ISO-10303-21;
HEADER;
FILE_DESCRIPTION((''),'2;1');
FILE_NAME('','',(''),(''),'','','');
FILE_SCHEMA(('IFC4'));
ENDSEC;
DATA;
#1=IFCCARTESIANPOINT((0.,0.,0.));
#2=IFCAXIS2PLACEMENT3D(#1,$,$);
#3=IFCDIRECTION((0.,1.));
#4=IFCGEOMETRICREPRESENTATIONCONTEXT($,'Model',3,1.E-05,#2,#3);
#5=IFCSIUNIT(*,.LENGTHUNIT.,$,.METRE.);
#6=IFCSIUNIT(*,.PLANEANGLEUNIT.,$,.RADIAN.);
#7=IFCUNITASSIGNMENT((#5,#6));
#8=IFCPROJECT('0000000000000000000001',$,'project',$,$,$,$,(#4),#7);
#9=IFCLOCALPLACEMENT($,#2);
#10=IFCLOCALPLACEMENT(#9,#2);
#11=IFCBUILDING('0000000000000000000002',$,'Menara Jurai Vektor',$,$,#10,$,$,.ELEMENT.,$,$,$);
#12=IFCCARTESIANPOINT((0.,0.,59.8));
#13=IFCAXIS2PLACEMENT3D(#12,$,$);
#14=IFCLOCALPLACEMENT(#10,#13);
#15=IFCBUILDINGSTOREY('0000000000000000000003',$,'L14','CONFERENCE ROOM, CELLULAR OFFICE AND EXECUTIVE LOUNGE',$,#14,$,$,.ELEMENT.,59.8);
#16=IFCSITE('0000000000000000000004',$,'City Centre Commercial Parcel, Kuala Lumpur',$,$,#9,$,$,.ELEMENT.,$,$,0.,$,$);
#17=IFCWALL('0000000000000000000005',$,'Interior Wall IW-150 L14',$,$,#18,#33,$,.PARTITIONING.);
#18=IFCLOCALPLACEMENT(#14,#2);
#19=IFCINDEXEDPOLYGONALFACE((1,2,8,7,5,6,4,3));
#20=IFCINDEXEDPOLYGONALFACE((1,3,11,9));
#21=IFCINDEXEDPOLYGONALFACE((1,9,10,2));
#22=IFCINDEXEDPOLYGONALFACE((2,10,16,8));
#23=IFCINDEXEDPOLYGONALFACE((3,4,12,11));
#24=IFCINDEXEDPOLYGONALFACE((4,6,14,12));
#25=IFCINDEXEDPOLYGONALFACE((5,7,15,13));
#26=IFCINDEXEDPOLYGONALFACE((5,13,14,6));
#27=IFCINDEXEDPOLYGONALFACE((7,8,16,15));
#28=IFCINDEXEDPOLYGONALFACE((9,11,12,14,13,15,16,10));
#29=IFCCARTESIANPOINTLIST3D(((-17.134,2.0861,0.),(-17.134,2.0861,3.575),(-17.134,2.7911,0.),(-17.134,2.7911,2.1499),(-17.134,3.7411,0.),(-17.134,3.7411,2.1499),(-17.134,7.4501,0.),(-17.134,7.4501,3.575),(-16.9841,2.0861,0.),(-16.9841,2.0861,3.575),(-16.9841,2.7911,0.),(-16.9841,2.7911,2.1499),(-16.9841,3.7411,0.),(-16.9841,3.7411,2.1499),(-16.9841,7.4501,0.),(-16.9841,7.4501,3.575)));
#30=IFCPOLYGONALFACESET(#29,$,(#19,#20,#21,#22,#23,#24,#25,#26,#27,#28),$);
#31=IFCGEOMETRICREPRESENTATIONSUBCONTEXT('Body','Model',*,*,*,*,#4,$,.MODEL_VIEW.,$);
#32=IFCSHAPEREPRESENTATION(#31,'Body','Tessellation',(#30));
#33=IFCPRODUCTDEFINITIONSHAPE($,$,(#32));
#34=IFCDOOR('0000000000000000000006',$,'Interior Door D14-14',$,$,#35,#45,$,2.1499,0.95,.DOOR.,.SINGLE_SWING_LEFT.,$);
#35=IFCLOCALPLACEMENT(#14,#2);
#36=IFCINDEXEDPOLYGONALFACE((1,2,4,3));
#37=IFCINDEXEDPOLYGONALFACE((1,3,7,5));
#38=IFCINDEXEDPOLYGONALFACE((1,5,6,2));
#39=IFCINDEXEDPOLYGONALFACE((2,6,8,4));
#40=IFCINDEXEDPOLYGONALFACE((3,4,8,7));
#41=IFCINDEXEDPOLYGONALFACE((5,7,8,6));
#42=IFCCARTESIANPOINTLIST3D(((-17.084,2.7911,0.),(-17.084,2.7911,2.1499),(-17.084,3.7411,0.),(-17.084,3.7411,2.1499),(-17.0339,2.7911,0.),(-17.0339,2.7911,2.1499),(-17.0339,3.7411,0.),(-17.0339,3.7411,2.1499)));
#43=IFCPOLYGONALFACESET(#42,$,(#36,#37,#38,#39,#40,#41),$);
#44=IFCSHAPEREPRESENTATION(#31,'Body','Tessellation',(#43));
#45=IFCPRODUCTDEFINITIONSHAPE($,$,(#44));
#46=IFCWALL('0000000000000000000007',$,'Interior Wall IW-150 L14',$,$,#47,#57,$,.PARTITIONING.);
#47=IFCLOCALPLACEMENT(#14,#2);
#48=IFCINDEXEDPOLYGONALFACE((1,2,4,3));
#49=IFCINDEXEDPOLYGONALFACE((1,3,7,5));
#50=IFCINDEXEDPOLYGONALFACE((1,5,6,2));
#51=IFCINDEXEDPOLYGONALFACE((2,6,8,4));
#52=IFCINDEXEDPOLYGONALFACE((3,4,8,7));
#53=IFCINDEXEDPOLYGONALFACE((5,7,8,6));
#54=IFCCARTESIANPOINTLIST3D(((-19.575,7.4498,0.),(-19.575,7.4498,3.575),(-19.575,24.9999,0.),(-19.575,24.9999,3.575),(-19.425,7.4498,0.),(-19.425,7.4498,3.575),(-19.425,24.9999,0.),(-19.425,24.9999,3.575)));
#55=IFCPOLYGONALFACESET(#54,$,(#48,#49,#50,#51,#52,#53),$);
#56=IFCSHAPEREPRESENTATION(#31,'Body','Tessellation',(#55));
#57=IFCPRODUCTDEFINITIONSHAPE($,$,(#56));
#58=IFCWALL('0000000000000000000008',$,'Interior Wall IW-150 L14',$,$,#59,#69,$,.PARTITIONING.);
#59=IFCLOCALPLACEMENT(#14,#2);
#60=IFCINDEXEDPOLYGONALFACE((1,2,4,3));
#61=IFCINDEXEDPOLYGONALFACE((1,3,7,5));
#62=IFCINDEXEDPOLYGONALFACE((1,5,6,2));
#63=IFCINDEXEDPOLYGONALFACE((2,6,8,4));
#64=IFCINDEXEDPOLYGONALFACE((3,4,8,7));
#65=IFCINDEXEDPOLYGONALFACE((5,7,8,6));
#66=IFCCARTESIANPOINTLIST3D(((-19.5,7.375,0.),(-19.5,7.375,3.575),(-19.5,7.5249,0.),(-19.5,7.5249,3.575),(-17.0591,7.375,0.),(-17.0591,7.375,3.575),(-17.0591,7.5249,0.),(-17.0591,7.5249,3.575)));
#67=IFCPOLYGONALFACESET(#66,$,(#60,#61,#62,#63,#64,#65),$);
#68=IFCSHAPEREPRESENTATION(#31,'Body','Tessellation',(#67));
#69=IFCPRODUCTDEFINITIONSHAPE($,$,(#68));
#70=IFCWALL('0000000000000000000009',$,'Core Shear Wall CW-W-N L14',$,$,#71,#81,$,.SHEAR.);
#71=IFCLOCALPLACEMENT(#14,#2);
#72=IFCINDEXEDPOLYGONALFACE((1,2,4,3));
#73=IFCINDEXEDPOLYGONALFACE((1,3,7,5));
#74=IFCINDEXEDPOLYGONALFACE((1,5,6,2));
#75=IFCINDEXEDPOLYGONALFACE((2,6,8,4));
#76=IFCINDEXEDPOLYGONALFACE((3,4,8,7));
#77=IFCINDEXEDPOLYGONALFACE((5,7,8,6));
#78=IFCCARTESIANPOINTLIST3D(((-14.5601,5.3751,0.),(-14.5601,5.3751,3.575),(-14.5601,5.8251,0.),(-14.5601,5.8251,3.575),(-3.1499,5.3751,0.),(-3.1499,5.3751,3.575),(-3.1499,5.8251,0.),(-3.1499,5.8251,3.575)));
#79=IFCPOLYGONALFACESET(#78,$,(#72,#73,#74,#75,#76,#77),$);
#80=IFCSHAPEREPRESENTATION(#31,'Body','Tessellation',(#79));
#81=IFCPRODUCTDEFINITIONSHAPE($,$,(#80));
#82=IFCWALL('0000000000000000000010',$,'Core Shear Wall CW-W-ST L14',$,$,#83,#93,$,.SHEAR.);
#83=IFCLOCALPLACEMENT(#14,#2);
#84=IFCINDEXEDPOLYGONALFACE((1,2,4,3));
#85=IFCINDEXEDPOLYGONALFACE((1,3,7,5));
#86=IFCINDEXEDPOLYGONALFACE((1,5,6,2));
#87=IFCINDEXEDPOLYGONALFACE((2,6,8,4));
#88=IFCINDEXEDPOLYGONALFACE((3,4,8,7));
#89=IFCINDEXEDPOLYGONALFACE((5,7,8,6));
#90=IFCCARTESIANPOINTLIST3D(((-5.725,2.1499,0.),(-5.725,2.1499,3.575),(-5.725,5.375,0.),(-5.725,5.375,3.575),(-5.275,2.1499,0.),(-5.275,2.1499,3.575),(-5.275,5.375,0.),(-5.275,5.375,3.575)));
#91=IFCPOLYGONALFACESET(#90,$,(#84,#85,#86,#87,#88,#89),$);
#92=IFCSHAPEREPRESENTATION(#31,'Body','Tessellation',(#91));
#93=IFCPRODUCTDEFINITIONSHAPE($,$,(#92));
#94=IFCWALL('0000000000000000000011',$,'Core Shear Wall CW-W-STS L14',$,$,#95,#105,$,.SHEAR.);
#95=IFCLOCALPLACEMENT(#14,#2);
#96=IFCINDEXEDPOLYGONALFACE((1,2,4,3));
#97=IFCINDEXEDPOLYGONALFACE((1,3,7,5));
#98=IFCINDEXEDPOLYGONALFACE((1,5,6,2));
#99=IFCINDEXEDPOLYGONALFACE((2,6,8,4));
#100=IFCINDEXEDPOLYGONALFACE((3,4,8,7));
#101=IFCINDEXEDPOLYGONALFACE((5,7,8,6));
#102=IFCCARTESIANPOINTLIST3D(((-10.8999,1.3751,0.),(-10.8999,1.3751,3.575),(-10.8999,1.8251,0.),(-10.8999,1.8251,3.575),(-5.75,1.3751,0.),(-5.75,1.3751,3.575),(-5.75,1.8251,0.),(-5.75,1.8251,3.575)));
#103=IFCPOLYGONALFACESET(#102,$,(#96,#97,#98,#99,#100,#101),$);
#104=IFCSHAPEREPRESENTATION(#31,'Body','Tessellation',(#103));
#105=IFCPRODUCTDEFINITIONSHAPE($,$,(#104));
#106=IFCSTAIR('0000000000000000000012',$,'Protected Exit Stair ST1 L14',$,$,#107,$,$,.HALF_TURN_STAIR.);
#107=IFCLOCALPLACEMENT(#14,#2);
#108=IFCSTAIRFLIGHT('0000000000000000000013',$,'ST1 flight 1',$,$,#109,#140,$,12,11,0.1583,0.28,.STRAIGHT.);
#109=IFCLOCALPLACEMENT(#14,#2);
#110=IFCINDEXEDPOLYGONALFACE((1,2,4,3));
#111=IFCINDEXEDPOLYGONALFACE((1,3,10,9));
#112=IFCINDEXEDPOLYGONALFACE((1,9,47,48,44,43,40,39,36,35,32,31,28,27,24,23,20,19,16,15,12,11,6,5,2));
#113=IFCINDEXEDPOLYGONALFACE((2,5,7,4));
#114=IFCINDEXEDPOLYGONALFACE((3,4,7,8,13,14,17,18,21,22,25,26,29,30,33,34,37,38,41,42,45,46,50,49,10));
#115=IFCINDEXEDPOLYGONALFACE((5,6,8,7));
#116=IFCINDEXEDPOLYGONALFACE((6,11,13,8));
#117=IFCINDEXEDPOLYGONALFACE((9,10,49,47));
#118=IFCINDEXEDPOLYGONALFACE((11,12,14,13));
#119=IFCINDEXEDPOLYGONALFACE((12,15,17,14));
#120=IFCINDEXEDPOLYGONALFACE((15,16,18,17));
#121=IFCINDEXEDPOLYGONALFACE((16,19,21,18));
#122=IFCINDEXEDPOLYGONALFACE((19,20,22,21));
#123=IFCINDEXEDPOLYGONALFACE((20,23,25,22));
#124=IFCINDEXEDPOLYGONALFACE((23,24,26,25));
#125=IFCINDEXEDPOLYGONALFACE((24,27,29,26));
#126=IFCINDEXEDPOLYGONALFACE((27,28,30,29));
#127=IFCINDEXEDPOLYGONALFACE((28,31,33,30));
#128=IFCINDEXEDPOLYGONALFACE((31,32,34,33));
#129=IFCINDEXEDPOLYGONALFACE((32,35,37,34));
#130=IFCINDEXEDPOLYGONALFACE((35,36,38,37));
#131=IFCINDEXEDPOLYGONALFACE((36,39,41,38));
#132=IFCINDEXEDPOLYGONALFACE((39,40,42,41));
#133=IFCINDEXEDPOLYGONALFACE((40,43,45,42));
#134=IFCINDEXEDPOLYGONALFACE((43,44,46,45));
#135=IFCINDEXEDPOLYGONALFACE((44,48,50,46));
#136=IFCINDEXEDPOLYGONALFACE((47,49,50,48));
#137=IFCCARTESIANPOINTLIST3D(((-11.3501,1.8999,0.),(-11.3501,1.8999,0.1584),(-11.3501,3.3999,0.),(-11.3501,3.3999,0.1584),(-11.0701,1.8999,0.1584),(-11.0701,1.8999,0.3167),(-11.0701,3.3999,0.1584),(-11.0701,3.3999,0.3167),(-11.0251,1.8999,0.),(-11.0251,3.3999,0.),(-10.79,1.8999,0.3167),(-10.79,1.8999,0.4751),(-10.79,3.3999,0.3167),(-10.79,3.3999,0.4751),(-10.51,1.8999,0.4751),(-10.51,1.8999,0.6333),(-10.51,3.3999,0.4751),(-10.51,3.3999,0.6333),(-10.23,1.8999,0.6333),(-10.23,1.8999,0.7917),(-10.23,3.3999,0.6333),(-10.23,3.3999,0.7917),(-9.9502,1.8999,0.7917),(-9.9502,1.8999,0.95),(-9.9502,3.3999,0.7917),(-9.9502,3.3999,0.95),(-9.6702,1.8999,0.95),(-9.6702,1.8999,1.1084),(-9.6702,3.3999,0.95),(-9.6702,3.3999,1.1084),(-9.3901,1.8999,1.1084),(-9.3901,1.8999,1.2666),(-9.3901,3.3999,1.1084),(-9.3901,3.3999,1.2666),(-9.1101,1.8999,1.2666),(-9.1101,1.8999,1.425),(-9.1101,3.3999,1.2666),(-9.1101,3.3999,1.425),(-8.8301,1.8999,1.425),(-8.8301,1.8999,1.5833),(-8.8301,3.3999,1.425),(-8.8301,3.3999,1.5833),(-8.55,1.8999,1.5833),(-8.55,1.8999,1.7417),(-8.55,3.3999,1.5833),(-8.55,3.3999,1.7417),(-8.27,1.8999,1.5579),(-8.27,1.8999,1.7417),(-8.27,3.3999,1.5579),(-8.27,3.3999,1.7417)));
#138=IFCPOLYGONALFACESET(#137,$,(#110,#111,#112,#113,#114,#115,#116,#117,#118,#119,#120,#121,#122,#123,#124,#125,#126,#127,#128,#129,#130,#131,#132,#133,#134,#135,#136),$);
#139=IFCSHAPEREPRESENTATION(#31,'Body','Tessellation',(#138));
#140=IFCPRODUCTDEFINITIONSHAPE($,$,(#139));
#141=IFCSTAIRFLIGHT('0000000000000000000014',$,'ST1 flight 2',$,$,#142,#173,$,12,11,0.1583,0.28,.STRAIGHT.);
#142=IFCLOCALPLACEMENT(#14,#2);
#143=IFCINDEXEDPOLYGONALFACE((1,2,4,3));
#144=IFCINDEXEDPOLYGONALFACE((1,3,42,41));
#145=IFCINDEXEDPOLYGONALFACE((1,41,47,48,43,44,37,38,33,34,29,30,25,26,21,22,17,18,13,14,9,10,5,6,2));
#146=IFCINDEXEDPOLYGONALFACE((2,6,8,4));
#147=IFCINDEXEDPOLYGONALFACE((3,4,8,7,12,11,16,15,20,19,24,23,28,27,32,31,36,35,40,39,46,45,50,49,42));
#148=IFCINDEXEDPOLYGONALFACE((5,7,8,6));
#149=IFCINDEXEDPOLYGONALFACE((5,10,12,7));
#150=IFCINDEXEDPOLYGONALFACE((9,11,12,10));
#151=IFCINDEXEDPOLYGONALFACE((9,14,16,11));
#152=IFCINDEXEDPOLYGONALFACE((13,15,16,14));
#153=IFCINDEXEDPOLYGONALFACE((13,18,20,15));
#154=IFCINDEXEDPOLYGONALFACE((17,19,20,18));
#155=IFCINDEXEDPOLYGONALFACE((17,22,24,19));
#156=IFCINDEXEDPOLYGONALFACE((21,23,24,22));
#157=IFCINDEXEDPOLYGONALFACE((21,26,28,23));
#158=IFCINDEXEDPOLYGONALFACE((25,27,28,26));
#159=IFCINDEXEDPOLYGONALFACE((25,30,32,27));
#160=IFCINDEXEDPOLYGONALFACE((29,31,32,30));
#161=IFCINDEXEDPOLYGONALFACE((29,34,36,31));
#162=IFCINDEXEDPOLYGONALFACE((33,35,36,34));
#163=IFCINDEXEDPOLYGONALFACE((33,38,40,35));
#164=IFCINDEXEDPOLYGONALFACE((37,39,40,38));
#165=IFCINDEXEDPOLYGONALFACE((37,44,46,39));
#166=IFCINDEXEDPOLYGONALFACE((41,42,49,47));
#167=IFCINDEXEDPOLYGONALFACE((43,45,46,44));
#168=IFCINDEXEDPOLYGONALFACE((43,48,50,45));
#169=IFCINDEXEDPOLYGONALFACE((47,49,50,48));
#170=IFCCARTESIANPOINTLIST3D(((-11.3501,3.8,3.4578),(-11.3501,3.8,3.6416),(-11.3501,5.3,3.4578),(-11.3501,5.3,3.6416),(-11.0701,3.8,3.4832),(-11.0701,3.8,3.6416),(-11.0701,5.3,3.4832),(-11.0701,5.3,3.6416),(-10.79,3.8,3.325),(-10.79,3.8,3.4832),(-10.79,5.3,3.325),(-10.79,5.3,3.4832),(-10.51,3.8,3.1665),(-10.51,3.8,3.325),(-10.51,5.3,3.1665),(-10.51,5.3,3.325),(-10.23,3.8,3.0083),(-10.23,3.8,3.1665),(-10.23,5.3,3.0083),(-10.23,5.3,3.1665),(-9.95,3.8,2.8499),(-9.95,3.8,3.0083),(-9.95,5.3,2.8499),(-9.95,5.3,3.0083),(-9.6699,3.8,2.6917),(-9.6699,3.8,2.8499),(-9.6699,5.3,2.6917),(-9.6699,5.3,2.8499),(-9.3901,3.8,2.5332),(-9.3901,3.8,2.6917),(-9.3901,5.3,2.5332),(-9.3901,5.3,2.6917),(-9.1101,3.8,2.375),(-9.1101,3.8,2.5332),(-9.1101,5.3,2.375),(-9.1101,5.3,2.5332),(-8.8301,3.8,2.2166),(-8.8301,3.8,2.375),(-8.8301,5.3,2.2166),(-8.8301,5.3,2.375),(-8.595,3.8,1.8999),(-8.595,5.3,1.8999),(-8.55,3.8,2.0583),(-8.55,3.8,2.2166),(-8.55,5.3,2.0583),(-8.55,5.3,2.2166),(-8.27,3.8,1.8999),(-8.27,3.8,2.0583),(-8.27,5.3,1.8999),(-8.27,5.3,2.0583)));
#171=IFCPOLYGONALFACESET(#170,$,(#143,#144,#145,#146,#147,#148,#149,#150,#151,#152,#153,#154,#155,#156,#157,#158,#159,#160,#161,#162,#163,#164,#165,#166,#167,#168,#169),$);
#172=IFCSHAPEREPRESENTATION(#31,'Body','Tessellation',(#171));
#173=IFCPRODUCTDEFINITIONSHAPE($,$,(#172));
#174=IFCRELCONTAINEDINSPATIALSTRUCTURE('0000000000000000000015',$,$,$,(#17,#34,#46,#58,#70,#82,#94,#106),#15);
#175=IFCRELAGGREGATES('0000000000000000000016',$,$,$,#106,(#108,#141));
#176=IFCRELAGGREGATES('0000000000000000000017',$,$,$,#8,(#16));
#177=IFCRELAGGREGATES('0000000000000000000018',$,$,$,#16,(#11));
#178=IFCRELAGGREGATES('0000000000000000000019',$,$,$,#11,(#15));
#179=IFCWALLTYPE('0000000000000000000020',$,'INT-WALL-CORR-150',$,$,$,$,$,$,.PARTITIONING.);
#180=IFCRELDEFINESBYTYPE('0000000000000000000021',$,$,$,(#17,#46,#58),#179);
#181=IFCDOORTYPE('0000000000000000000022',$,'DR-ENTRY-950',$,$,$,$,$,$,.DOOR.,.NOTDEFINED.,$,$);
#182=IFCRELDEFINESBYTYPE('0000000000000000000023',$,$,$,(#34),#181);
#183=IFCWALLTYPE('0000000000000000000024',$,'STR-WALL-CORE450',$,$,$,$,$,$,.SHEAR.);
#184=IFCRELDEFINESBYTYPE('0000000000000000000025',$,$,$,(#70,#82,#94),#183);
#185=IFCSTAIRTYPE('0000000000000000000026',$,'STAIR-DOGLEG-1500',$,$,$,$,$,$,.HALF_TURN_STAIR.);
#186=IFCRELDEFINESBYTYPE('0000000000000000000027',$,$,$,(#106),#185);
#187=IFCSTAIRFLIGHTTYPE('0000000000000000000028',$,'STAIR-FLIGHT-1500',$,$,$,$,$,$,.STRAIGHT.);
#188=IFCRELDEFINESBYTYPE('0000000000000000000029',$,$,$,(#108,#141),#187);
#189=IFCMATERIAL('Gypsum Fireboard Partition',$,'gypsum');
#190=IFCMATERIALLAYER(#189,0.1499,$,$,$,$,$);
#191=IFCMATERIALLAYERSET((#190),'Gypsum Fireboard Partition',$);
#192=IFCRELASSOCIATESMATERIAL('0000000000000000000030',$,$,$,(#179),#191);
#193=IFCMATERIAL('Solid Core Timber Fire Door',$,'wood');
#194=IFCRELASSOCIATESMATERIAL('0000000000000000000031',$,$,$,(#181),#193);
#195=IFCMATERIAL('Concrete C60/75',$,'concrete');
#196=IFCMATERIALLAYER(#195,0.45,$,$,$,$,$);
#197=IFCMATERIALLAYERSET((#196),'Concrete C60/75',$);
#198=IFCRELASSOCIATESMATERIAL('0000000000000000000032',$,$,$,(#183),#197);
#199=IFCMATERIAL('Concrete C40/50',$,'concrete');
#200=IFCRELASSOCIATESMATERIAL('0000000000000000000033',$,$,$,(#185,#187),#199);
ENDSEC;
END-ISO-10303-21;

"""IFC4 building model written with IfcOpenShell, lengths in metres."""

from ifc_helpers import new_model, si_unit, direction, frame, frame_2d, origin, place, context, subcontext, project, spatial, polyline, rectangle, outline, extrude, material, layer, layer_set, type_object, element, fill, aggregate, save


model = new_model("IFC4")

# Units and contexts
model_context = context("Model", 3, precision=1e-05, world=origin(), true_north=direction((0.0, 1.0)))
body_context = subcontext(model_context, "Body", "Model", "MODEL_VIEW")
ifc_project = project(units=[si_unit("LENGTHUNIT", "METRE"), si_unit("PLANEANGLEUNIT", "RADIAN")], contexts=[model_context])

# Site, building, storey
site_placement = place(None, origin())
site = spatial("IfcSite", under=ifc_project, at=site_placement, Name="City Centre Commercial Parcel, Kuala Lumpur", CompositionType="ELEMENT", RefElevation=0.0)
building_placement = place(site_placement, origin())
building = spatial("IfcBuilding", under=site, at=building_placement, Name="Menara Jurai Vektor", CompositionType="ELEMENT")
storey_placement = place(building_placement, frame((0.0, 0.0, 59.8)))
storey = spatial("IfcBuildingStorey", under=building, at=storey_placement, Name="L14", Description="CONFERENCE ROOM, CELLULAR OFFICE AND EXECUTIVE LOUNGE", CompositionType="ELEMENT", Elevation=59.8)

# Shared definitions
ifc_material_1 = material(Name="Concrete C60/75", Category="concrete")

# Shared definitions
ifc_material_2 = material(Name="Concrete C40/50", Category="concrete")

# Shared definitions
ifc_material_3 = material(Name="Gypsum Fireboard Partition", Category="gypsum")
ifc_layer_1 = layer(ifc_material_3, 0.1499)
ifc_layer_set_1 = layer_set([ifc_layer_1], Name="Gypsum Fireboard Partition")
wall_type_1 = type_object("IfcWallType", Name="INT-WALL-CORR-150", PredefinedType="PARTITIONING", material=ifc_layer_set_1)

# Wall, opening, door
ifc_material_4 = material(Name="Solid Core Timber Fire Door", Category="wood")
door_type_1 = type_object("IfcDoorType", Name="DR-ENTRY-950", OperationType="NOTDEFINED", PredefinedType="DOOR", material=ifc_material_4)
wall_1_placement = place(storey_placement, frame((-17.0591, 2.0859, 0.0), z_axis=(0.0, 0.0, 1.0), x_axis=(0.0, 1.0, 0.0)))
wall_1 = element("IfcWall", 1, at=wall_1_placement, inside=storey, type_object=wall_type_1, Name="Interior Wall IW-150 L14", PredefinedType="PARTITIONING", context=body_context, shape_type="SweptSolid", body=[
    extrude(rectangle(XDim=5.364, YDim=0.1499, at=frame_2d((2.6821, 0.0))), origin(), (0.0, 0.0, 1.0), 3.575),
])
opening_1_placement = place(wall_1_placement, frame((0.7051, 0.0, 0.0)))
opening_1 = element("IfcOpeningElement", 2, at=opening_1_placement, cuts=wall_1, PredefinedType="OPENING", context=body_context, shape_type="SweptSolid", body=[
    extrude(rectangle(XDim=0.95, YDim=2.1499, at=frame_2d((0.4751, 1.075))), frame((0.0, 0.085, 0.0), z_axis=(0.0, -1.0, 0.0), x_axis=(1.0, 0.0, 0.0)), (0.0, 0.0, 1.0), 0.1699),
])
door_1_placement = place(opening_1_placement, origin())
door_1 = element("IfcDoor", 3, at=door_1_placement, inside=storey, type_object=door_type_1, Name="Interior Door D14-14", OperationType="SINGLE_SWING_LEFT", OverallHeight=2.1499, OverallWidth=0.95, PredefinedType="DOOR", context=body_context, shape_type="SweptSolid", body=[
    extrude(rectangle(XDim=0.95, YDim=2.1499, at=frame_2d((0.4751, 1.075))), frame((0.0, 0.0249, 0.0), z_axis=(0.0, -1.0, 0.0), x_axis=(1.0, 0.0, 0.0)), (0.0, 0.0, 1.0), 0.05),
])
fill(opening_1, door_1)

# Walls
wall_2_placement = place(storey_placement, frame((-19.5, 7.45, 0.0), z_axis=(0.0, 0.0, 1.0), x_axis=(0.0, 1.0, 0.0)))
element("IfcWall", 4, at=wall_2_placement, inside=storey, type_object=wall_type_1, Name="Interior Wall IW-150 L14", PredefinedType="PARTITIONING", context=body_context, shape_type="SweptSolid", body=[
    extrude(rectangle(XDim=17.55, YDim=0.1499, at=frame_2d((8.7749, 0.0))), origin(), (0.0, 0.0, 1.0), 3.575),
])
wall_3_placement = place(storey_placement, frame((-19.5, 7.45, 0.0), z_axis=(0.0, 0.0, 1.0), x_axis=(1.0, 0.0, 0.0)))
element("IfcWall", 5, at=wall_3_placement, inside=storey, type_object=wall_type_1, Name="Interior Wall IW-150 L14", PredefinedType="PARTITIONING", context=body_context, shape_type="SweptSolid", body=[
    extrude(rectangle(XDim=2.4409, YDim=0.1499, at=frame_2d((1.2205, 0.0))), origin(), (0.0, 0.0, 1.0), 3.575),
])
ifc_layer_2 = layer(ifc_material_1, 0.45)
ifc_layer_set_2 = layer_set([ifc_layer_2], Name="Concrete C60/75")
wall_type_2 = type_object("IfcWallType", Name="STR-WALL-CORE450", PredefinedType="SHEAR", material=ifc_layer_set_2)
wall_4_placement = place(storey_placement, frame((-14.5601, 5.6001, 0.0), z_axis=(0.0, 0.0, 1.0), x_axis=(1.0, 0.0, 0.0)))
element("IfcWall", 6, at=wall_4_placement, inside=storey, type_object=wall_type_2, Name="Core Shear Wall CW-W-N L14", PredefinedType="SHEAR", context=body_context, shape_type="SweptSolid", body=[
    extrude(rectangle(XDim=11.4102, YDim=0.45, at=frame_2d((5.7051, 0.0))), origin(), (0.0, 0.0, 1.0), 3.575),
])
wall_5_placement = place(storey_placement, frame((-5.5, 2.1499, 0.0), z_axis=(0.0, 0.0, 1.0), x_axis=(0.0, 1.0, 0.0)))
element("IfcWall", 7, at=wall_5_placement, inside=storey, type_object=wall_type_2, Name="Core Shear Wall CW-W-ST L14", PredefinedType="SHEAR", context=body_context, shape_type="SweptSolid", body=[
    extrude(rectangle(XDim=3.2251, YDim=0.45, at=frame_2d((1.6125, 0.0))), origin(), (0.0, 0.0, 1.0), 3.575),
])
wall_6_placement = place(storey_placement, frame((-10.8999, 1.6001, 0.0), z_axis=(0.0, 0.0, 1.0), x_axis=(1.0, 0.0, 0.0)))
element("IfcWall", 8, at=wall_6_placement, inside=storey, type_object=wall_type_2, Name="Core Shear Wall CW-W-STS L14", PredefinedType="SHEAR", context=body_context, shape_type="SweptSolid", body=[
    extrude(rectangle(XDim=5.1499, YDim=0.45, at=frame_2d((2.575, 0.0))), origin(), (0.0, 0.0, 1.0), 3.575),
])

# Stair, stair flights
stair_type = type_object("IfcStairType", Name="STAIR-DOGLEG-1500", PredefinedType="HALF_TURN_STAIR", material=ifc_material_2)
stair_placement = place(storey_placement, origin())
stair = element("IfcStair", 9, at=stair_placement, inside=storey, type_object=stair_type, Name="Protected Exit Stair ST1 L14", PredefinedType="HALF_TURN_STAIR")
stair_flight_type = type_object("IfcStairFlightType", Name="STAIR-FLIGHT-1500", PredefinedType="STRAIGHT", material=ifc_material_2)
stair_flight_1_placement = place(storey_placement, frame((-11.3501, 2.6499, 0.0), z_axis=(0.0, 0.0, 1.0), x_axis=(1.0, 0.0, 0.0)))
stair_flight_1 = element("IfcStairFlight", 10, at=stair_flight_1_placement, type_object=stair_flight_type, Name="ST1 flight 1", NumberOfRisers=12, NumberOfTreads=11, PredefinedType="STRAIGHT", RiserHeight=0.1583, TreadLength=0.28, context=body_context, shape_type="SweptSolid", body=[
    extrude(outline(polyline([(0.0, 0.0), (0.0, 0.1584), (0.28, 0.1584), (0.28, 0.3167), (0.5601, 0.3167), (0.5601, 0.4751), (0.8401, 0.4751), (0.8401, 0.6333), (1.1201, 0.6333), (1.1201, 0.7917), (1.3999, 0.7917), (1.3999, 0.95), (1.6799, 0.95), (1.6799, 1.1084), (1.96, 1.1084), (1.96, 1.2666), (2.24, 1.2666), (2.24, 1.425), (2.52, 1.425), (2.52, 1.5833), (2.8, 1.5833), (2.8, 1.7417), (3.0801, 1.7417), (3.0801, 1.8999), (3.0801, 1.5579), (0.325, 0.0), (0.0, 0.0)])), frame((0.0, 0.75, 0.0), z_axis=(0.0, -1.0, 0.0), x_axis=(1.0, 0.0, 0.0)), (0.0, 0.0, 1.0), 1.5),
])
stair_flight_2_placement = place(storey_placement, frame((-8.27, 4.55, 1.8999), z_axis=(0.0, 0.0, 1.0), x_axis=(-1.0, 0.0, 0.0)))
stair_flight_2 = element("IfcStairFlight", 11, at=stair_flight_2_placement, type_object=stair_flight_type, Name="ST1 flight 2", NumberOfRisers=12, NumberOfTreads=11, PredefinedType="STRAIGHT", RiserHeight=0.1583, TreadLength=0.28, context=body_context, shape_type="SweptSolid", body=[
    extrude(outline(polyline([(0.0, 0.0), (0.0, 0.1584), (0.28, 0.1584), (0.28, 0.3167), (0.5601, 0.3167), (0.5601, 0.4751), (0.8401, 0.4751), (0.8401, 0.6333), (1.1201, 0.6333), (1.1201, 0.7917), (1.3999, 0.7917), (1.3999, 0.95), (1.6799, 0.95), (1.6799, 1.1084), (1.96, 1.1084), (1.96, 1.2666), (2.24, 1.2666), (2.24, 1.425), (2.52, 1.425), (2.52, 1.5833), (2.8, 1.5833), (2.8, 1.7417), (3.0801, 1.7417), (3.0801, 1.8999), (3.0801, 1.5579), (0.325, 0.0), (0.0, 0.0)])), frame((0.0, 0.75, 0.0), z_axis=(0.0, -1.0, 0.0), x_axis=(1.0, 0.0, 0.0)), (0.0, 0.0, 1.0), 1.5),
])
aggregate(stair, [stair_flight_1, stair_flight_2])

save(model, "model.ifc")
